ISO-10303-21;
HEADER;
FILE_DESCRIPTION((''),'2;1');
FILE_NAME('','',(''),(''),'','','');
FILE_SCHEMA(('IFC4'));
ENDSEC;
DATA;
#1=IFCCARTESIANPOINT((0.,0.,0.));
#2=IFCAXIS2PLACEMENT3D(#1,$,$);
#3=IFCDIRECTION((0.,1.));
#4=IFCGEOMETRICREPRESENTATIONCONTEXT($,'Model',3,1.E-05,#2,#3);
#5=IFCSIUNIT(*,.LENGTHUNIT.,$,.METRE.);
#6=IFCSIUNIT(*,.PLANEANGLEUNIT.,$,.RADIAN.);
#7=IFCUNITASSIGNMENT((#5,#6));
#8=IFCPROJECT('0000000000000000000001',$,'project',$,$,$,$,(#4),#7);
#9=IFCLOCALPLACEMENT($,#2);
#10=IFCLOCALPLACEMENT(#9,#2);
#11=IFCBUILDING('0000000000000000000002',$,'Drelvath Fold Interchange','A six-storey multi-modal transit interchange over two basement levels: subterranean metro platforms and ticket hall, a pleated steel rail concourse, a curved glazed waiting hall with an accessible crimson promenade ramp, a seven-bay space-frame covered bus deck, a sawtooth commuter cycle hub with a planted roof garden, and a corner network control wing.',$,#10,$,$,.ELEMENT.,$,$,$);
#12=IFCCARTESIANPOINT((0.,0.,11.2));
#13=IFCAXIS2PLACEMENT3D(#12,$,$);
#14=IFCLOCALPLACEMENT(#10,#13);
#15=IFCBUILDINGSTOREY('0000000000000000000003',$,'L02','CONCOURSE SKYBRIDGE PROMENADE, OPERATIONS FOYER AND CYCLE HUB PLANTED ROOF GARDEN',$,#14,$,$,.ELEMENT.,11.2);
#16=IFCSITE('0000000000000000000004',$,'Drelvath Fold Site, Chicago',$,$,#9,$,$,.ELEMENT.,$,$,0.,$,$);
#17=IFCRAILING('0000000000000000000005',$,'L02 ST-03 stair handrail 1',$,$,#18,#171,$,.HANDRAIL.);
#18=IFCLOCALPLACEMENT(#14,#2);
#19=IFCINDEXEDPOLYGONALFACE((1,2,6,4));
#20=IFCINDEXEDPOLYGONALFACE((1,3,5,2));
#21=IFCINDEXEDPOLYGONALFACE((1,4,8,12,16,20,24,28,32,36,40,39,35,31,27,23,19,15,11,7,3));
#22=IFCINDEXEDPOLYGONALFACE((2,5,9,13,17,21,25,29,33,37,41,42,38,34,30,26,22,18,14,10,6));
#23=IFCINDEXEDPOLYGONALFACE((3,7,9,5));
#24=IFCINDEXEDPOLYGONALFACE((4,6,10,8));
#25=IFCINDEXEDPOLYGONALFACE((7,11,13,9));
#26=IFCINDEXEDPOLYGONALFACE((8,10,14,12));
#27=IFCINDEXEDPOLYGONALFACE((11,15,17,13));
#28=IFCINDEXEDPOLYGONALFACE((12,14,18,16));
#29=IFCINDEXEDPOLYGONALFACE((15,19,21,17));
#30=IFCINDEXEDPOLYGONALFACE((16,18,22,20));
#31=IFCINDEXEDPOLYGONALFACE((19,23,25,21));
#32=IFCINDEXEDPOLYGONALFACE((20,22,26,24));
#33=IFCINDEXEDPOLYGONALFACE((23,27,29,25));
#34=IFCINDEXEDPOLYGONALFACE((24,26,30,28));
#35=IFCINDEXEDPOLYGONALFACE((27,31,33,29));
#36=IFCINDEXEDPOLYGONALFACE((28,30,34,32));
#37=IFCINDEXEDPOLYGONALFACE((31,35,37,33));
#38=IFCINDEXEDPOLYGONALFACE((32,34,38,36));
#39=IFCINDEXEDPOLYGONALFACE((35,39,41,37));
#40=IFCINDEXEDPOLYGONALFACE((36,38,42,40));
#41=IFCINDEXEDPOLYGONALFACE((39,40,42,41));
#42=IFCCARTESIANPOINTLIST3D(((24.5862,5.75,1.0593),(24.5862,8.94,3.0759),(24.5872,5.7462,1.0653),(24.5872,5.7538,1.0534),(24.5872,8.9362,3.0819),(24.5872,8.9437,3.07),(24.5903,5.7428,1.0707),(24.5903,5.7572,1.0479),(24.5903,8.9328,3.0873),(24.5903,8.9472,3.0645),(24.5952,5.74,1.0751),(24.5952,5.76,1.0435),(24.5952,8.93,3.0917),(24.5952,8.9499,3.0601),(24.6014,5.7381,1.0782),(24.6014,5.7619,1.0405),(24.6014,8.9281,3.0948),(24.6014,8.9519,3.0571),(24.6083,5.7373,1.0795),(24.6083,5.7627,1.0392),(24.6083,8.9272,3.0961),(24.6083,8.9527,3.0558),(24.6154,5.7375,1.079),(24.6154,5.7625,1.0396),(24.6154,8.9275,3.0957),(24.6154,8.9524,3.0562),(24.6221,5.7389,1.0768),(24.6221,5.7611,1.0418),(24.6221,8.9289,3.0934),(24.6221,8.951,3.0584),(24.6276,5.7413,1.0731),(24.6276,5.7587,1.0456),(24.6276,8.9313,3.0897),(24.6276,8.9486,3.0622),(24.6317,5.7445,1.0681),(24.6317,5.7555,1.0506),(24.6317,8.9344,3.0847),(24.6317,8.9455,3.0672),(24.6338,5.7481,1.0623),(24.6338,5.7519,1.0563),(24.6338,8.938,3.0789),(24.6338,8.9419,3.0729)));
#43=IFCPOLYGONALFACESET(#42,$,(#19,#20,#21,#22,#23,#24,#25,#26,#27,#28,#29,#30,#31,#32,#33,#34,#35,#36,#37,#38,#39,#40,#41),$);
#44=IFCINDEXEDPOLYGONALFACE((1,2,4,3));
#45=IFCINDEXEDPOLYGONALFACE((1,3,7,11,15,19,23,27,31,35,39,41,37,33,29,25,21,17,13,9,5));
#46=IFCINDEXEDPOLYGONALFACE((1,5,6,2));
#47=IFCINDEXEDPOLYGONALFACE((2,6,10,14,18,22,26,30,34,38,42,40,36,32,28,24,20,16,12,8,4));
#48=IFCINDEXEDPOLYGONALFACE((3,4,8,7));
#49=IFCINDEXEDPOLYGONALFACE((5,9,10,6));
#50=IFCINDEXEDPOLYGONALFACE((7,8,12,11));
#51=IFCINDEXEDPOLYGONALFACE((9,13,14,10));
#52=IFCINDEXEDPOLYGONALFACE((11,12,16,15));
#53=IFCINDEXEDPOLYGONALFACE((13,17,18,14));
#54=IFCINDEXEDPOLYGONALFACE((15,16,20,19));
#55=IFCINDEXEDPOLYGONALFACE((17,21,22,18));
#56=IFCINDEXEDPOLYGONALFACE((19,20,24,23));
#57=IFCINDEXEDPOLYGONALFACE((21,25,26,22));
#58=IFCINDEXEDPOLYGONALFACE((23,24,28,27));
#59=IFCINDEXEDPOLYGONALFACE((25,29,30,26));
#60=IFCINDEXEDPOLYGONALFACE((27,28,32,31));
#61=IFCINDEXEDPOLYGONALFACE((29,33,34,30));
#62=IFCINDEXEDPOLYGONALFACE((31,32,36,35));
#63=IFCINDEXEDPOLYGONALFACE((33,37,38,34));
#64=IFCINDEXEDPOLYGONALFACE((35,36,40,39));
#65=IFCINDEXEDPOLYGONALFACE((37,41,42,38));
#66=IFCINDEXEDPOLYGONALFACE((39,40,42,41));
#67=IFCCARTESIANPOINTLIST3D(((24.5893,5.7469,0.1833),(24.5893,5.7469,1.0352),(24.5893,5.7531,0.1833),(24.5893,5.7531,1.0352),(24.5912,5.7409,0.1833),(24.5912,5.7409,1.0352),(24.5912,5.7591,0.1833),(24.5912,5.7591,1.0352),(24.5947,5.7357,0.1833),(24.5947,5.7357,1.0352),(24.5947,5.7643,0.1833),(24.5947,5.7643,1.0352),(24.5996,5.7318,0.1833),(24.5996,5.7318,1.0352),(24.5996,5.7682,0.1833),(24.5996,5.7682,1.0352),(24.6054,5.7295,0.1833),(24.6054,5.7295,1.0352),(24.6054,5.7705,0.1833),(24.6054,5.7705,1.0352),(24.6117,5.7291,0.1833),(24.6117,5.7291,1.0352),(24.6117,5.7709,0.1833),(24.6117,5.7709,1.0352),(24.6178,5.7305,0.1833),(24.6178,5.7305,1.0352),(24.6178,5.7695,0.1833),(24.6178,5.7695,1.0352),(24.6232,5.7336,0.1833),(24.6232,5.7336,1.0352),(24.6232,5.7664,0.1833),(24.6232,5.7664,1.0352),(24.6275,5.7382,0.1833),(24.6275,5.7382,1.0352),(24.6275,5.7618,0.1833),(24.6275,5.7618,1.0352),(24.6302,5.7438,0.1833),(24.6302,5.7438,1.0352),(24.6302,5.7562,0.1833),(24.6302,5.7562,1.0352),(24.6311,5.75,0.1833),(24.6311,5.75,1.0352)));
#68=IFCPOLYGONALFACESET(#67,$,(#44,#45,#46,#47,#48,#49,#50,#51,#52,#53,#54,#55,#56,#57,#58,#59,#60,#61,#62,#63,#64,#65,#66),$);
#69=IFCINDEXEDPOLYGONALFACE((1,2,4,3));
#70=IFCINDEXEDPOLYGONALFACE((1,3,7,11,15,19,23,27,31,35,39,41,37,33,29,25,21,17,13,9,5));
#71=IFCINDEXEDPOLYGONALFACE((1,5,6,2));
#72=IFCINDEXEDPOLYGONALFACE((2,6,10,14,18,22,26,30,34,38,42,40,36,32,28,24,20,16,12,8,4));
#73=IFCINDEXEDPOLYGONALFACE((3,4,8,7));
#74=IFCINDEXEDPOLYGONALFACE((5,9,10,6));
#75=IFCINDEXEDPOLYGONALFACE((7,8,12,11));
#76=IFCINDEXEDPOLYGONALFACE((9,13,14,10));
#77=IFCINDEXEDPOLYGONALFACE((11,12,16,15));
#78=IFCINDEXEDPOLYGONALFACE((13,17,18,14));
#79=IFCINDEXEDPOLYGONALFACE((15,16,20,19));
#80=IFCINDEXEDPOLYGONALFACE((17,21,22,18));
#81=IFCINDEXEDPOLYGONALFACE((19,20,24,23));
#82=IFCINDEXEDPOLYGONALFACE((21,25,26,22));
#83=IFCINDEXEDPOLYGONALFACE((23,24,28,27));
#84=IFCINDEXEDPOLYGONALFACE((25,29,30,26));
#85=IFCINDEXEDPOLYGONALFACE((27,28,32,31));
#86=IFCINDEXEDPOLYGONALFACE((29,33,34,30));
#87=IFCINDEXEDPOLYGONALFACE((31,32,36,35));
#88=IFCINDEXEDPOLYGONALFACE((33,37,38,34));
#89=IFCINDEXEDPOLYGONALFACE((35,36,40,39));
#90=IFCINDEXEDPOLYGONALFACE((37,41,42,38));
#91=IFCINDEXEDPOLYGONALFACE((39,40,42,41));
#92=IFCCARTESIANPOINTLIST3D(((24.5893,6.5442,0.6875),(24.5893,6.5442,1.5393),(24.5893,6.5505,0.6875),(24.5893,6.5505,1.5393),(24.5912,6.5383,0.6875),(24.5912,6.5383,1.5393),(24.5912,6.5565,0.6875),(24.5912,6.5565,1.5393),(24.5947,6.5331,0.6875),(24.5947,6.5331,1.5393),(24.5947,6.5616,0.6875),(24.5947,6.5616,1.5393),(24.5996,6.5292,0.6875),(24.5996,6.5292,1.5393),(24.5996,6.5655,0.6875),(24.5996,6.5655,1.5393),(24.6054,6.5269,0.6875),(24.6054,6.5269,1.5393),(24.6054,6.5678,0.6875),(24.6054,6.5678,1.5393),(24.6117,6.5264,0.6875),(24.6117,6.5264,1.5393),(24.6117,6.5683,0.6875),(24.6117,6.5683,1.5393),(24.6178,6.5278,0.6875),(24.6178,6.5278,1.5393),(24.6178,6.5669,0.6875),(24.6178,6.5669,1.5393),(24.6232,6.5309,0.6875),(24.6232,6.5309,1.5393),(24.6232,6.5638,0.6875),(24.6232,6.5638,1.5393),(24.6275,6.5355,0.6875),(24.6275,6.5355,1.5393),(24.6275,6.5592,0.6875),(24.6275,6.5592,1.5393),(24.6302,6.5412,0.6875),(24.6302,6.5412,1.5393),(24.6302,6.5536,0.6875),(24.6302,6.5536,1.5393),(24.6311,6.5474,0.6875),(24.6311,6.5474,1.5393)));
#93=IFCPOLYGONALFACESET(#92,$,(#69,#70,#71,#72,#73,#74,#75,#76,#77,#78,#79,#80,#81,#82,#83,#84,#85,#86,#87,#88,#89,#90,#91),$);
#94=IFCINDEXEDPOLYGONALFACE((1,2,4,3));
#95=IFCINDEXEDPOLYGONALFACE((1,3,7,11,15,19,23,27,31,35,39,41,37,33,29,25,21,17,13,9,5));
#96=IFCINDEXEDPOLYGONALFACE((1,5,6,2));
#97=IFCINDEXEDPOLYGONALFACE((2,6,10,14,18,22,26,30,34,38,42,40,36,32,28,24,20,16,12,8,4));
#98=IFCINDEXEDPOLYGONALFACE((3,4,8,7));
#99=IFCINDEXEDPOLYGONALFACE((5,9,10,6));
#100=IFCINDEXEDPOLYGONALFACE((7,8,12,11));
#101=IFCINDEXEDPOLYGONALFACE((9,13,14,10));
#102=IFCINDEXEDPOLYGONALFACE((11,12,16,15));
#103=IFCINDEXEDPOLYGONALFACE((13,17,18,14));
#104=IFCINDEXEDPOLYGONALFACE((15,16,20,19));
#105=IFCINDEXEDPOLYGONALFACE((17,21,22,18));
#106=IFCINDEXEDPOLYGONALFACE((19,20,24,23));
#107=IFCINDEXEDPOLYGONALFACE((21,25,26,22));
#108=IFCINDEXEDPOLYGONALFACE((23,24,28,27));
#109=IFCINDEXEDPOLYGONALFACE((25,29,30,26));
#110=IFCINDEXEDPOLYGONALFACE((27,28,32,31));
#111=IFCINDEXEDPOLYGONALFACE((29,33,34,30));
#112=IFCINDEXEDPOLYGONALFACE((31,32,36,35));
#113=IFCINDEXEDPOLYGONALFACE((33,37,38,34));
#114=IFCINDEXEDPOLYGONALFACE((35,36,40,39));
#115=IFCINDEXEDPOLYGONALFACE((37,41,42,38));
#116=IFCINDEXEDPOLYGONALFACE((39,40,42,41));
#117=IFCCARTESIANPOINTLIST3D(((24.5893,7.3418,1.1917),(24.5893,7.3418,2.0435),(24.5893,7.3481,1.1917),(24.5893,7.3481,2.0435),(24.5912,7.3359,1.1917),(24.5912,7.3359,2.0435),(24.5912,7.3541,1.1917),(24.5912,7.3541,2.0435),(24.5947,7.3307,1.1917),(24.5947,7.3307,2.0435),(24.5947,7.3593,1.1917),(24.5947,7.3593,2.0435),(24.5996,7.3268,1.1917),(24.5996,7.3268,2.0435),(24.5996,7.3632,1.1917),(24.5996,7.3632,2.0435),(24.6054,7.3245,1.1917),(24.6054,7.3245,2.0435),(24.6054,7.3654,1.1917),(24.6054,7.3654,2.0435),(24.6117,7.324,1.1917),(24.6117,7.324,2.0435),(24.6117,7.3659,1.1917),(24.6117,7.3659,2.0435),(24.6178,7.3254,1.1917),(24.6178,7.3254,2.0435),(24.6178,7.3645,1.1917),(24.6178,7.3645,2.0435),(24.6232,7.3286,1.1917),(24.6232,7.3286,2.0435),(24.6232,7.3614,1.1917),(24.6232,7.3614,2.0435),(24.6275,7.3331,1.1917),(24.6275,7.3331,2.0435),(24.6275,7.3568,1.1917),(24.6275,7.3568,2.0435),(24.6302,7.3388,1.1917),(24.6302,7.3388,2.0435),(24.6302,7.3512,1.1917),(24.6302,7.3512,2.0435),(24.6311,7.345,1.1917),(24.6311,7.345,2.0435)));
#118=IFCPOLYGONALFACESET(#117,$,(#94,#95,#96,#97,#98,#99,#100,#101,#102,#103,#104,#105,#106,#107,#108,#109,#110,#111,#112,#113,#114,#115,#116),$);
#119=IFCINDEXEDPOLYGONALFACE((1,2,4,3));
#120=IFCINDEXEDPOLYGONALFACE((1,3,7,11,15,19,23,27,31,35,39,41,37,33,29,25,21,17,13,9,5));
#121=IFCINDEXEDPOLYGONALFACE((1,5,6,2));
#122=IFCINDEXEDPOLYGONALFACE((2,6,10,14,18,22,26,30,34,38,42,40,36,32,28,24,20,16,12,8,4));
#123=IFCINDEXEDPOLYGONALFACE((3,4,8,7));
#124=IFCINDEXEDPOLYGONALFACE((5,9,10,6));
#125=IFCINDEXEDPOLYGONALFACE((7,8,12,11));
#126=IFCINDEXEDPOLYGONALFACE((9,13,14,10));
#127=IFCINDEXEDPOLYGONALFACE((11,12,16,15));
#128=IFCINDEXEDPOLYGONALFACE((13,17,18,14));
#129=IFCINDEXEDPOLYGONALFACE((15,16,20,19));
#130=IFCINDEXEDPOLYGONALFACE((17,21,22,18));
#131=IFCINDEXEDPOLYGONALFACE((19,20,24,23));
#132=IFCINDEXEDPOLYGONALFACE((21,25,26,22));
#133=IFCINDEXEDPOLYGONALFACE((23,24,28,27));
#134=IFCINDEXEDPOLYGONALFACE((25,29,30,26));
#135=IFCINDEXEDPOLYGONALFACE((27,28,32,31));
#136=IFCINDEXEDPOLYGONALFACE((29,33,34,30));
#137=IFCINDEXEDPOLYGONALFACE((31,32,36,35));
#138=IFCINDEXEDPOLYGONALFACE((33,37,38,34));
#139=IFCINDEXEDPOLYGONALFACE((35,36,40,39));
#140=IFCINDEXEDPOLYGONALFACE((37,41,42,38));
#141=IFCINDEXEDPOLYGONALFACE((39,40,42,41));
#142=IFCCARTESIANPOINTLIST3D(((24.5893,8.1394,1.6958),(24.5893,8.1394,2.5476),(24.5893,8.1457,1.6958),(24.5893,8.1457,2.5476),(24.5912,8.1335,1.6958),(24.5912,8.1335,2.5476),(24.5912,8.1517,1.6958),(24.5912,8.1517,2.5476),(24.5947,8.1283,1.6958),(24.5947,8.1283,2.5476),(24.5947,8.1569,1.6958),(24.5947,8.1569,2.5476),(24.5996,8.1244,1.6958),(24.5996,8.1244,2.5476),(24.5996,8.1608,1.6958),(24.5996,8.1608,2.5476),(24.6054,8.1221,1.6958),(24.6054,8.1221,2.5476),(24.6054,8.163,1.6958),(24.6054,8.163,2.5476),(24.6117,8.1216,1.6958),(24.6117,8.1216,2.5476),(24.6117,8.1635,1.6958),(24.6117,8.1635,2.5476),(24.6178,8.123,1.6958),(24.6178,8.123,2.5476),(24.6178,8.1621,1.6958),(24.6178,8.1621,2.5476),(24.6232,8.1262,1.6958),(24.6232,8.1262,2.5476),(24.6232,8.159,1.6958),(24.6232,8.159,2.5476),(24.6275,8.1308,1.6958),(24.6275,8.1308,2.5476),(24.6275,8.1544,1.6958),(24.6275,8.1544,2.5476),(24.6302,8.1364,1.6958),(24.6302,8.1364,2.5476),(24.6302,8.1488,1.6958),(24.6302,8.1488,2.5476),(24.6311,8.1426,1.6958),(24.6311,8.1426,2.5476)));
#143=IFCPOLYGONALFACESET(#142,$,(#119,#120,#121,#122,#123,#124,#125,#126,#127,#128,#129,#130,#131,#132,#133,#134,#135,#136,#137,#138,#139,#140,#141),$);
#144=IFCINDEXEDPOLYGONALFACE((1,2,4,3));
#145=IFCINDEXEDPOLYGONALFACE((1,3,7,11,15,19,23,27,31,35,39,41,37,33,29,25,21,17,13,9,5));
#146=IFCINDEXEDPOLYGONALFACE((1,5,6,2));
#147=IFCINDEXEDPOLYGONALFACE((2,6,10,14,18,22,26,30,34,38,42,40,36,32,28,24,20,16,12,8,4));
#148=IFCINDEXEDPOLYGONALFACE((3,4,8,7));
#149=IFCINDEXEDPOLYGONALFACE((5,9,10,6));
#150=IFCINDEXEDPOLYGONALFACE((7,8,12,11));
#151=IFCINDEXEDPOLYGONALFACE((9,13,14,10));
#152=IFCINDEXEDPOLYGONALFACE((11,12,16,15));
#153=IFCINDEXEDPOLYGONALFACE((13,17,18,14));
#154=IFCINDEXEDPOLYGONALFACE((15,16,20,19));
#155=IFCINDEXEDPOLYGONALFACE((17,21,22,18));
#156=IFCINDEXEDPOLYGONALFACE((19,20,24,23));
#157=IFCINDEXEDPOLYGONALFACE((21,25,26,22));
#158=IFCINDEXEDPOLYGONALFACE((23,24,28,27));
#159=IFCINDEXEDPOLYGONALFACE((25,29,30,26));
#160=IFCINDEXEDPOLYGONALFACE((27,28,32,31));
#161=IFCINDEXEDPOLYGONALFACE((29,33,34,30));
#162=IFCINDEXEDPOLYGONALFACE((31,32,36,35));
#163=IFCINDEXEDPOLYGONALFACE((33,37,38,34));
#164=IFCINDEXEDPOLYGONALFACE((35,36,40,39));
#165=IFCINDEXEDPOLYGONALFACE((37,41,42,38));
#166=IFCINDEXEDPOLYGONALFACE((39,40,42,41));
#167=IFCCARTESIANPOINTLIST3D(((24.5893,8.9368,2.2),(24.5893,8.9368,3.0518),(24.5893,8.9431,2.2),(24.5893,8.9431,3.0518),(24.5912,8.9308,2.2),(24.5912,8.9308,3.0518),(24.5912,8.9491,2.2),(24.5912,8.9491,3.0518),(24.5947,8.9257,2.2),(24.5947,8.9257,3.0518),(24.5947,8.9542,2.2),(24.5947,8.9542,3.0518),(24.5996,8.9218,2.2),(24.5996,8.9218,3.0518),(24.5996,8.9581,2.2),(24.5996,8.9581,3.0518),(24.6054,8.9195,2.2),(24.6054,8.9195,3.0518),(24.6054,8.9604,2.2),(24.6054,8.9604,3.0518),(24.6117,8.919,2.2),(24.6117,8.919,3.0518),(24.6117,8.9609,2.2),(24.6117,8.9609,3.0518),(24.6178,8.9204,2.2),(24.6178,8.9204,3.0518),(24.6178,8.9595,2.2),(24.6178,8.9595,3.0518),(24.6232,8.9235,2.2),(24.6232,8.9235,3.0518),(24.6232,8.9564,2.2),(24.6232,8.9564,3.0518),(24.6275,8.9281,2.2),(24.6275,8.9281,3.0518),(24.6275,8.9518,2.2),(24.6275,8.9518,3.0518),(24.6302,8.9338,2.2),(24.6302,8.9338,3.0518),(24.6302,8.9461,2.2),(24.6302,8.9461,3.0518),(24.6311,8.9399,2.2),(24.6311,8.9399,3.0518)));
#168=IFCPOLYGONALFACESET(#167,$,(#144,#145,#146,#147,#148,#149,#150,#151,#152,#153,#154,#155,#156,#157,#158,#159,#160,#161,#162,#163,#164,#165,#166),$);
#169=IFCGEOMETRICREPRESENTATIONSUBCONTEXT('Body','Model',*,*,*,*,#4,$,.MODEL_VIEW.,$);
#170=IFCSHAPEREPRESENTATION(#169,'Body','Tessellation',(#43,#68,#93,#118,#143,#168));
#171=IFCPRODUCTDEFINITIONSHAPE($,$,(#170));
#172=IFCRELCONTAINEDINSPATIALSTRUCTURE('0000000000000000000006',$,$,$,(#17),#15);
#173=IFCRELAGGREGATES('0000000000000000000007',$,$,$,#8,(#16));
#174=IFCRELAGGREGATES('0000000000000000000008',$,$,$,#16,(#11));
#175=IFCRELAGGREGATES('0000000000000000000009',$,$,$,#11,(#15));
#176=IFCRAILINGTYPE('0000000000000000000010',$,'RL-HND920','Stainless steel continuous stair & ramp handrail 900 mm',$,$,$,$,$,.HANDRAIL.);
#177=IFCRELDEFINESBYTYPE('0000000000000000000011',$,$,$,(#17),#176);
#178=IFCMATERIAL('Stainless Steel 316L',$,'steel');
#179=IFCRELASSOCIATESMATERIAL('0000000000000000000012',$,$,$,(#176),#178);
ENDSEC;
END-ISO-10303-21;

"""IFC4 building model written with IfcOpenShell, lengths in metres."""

from ifc_helpers import new_model, si_unit, direction, frame, origin, origin_2d, place, context, subcontext, project, spatial, circle, extrude, material, type_object, element, save


model = new_model("IFC4")

# Units and contexts
model_context = context("Model", 3, precision=1e-05, world=origin(), true_north=direction((0.0, 1.0)))
body_context = subcontext(model_context, "Body", "Model", "MODEL_VIEW")
ifc_project = project(units=[si_unit("LENGTHUNIT", "METRE"), si_unit("PLANEANGLEUNIT", "RADIAN")], contexts=[model_context])

# Site, building, storey
site_placement = place(None, origin())
site = spatial("IfcSite", under=ifc_project, at=site_placement, Name="Drelvath Fold Site, Chicago", CompositionType="ELEMENT", RefElevation=0.0)
building_placement = place(site_placement, origin())
building = spatial("IfcBuilding", under=site, at=building_placement, Name="Drelvath Fold Interchange", Description="A six-storey multi-modal transit interchange over two basement levels: subterranean metro platforms and ticket hall, a pleated steel rail concourse, a curved glazed waiting hall with an accessible crimson promenade ramp, a seven-bay space-frame covered bus deck, a sawtooth commuter cycle hub with a planted roof garden, and a corner network control wing.", CompositionType="ELEMENT")
storey_placement = place(building_placement, frame((0.0, 0.0, 11.2)))
storey = spatial("IfcBuildingStorey", under=building, at=storey_placement, Name="L02", Description="CONCOURSE SKYBRIDGE PROMENADE, OPERATIONS FOYER AND CYCLE HUB PLANTED ROOF GARDEN", CompositionType="ELEMENT", Elevation=11.2)

# Railing
ifc_material_1 = material(Name="Stainless Steel 316L", Category="steel")
railing_type_1 = type_object("IfcRailingType", Name="RL-HND920", Description="Stainless steel continuous stair & ramp handrail 900 mm", PredefinedType="HANDRAIL", material=ifc_material_1)
railing_1_placement = place(storey_placement, frame((24.6101, 5.75, 0.1833)))
element("IfcRailing", 1, at=railing_1_placement, inside=storey, type_object=railing_type_1, Name="L02 ST-03 stair handrail 1", PredefinedType="HANDRAIL", context=body_context, shape_type="SweptSolid", body=[
    extrude(circle(Radius=0.0239, at=origin_2d()), frame((0.0, 0.0, 0.876), z_axis=(0.0, 0.845261, 0.534353), x_axis=(-1.0, 0.0, 0.0)), (0.0, 0.0, 1.0), 3.7739),
    extrude(circle(Radius=0.021, at=origin_2d()), origin(), (0.0, 0.0, 1.0), 0.8518),
    extrude(circle(Radius=0.021, at=origin_2d()), frame((0.0, 0.7974, 0.5042)), (0.0, 0.0, 1.0), 0.8518),
    extrude(circle(Radius=0.021, at=origin_2d()), frame((0.0, 1.595, 1.0083)), (0.0, 0.0, 1.0), 0.8518),
    extrude(circle(Radius=0.021, at=origin_2d()), frame((0.0, 2.3926, 1.5125)), (0.0, 0.0, 1.0), 0.8518),
    extrude(circle(Radius=0.021, at=origin_2d()), frame((0.0, 3.1899, 2.0166)), (0.0, 0.0, 1.0), 0.8518),
])

save(model, "model.ifc")
